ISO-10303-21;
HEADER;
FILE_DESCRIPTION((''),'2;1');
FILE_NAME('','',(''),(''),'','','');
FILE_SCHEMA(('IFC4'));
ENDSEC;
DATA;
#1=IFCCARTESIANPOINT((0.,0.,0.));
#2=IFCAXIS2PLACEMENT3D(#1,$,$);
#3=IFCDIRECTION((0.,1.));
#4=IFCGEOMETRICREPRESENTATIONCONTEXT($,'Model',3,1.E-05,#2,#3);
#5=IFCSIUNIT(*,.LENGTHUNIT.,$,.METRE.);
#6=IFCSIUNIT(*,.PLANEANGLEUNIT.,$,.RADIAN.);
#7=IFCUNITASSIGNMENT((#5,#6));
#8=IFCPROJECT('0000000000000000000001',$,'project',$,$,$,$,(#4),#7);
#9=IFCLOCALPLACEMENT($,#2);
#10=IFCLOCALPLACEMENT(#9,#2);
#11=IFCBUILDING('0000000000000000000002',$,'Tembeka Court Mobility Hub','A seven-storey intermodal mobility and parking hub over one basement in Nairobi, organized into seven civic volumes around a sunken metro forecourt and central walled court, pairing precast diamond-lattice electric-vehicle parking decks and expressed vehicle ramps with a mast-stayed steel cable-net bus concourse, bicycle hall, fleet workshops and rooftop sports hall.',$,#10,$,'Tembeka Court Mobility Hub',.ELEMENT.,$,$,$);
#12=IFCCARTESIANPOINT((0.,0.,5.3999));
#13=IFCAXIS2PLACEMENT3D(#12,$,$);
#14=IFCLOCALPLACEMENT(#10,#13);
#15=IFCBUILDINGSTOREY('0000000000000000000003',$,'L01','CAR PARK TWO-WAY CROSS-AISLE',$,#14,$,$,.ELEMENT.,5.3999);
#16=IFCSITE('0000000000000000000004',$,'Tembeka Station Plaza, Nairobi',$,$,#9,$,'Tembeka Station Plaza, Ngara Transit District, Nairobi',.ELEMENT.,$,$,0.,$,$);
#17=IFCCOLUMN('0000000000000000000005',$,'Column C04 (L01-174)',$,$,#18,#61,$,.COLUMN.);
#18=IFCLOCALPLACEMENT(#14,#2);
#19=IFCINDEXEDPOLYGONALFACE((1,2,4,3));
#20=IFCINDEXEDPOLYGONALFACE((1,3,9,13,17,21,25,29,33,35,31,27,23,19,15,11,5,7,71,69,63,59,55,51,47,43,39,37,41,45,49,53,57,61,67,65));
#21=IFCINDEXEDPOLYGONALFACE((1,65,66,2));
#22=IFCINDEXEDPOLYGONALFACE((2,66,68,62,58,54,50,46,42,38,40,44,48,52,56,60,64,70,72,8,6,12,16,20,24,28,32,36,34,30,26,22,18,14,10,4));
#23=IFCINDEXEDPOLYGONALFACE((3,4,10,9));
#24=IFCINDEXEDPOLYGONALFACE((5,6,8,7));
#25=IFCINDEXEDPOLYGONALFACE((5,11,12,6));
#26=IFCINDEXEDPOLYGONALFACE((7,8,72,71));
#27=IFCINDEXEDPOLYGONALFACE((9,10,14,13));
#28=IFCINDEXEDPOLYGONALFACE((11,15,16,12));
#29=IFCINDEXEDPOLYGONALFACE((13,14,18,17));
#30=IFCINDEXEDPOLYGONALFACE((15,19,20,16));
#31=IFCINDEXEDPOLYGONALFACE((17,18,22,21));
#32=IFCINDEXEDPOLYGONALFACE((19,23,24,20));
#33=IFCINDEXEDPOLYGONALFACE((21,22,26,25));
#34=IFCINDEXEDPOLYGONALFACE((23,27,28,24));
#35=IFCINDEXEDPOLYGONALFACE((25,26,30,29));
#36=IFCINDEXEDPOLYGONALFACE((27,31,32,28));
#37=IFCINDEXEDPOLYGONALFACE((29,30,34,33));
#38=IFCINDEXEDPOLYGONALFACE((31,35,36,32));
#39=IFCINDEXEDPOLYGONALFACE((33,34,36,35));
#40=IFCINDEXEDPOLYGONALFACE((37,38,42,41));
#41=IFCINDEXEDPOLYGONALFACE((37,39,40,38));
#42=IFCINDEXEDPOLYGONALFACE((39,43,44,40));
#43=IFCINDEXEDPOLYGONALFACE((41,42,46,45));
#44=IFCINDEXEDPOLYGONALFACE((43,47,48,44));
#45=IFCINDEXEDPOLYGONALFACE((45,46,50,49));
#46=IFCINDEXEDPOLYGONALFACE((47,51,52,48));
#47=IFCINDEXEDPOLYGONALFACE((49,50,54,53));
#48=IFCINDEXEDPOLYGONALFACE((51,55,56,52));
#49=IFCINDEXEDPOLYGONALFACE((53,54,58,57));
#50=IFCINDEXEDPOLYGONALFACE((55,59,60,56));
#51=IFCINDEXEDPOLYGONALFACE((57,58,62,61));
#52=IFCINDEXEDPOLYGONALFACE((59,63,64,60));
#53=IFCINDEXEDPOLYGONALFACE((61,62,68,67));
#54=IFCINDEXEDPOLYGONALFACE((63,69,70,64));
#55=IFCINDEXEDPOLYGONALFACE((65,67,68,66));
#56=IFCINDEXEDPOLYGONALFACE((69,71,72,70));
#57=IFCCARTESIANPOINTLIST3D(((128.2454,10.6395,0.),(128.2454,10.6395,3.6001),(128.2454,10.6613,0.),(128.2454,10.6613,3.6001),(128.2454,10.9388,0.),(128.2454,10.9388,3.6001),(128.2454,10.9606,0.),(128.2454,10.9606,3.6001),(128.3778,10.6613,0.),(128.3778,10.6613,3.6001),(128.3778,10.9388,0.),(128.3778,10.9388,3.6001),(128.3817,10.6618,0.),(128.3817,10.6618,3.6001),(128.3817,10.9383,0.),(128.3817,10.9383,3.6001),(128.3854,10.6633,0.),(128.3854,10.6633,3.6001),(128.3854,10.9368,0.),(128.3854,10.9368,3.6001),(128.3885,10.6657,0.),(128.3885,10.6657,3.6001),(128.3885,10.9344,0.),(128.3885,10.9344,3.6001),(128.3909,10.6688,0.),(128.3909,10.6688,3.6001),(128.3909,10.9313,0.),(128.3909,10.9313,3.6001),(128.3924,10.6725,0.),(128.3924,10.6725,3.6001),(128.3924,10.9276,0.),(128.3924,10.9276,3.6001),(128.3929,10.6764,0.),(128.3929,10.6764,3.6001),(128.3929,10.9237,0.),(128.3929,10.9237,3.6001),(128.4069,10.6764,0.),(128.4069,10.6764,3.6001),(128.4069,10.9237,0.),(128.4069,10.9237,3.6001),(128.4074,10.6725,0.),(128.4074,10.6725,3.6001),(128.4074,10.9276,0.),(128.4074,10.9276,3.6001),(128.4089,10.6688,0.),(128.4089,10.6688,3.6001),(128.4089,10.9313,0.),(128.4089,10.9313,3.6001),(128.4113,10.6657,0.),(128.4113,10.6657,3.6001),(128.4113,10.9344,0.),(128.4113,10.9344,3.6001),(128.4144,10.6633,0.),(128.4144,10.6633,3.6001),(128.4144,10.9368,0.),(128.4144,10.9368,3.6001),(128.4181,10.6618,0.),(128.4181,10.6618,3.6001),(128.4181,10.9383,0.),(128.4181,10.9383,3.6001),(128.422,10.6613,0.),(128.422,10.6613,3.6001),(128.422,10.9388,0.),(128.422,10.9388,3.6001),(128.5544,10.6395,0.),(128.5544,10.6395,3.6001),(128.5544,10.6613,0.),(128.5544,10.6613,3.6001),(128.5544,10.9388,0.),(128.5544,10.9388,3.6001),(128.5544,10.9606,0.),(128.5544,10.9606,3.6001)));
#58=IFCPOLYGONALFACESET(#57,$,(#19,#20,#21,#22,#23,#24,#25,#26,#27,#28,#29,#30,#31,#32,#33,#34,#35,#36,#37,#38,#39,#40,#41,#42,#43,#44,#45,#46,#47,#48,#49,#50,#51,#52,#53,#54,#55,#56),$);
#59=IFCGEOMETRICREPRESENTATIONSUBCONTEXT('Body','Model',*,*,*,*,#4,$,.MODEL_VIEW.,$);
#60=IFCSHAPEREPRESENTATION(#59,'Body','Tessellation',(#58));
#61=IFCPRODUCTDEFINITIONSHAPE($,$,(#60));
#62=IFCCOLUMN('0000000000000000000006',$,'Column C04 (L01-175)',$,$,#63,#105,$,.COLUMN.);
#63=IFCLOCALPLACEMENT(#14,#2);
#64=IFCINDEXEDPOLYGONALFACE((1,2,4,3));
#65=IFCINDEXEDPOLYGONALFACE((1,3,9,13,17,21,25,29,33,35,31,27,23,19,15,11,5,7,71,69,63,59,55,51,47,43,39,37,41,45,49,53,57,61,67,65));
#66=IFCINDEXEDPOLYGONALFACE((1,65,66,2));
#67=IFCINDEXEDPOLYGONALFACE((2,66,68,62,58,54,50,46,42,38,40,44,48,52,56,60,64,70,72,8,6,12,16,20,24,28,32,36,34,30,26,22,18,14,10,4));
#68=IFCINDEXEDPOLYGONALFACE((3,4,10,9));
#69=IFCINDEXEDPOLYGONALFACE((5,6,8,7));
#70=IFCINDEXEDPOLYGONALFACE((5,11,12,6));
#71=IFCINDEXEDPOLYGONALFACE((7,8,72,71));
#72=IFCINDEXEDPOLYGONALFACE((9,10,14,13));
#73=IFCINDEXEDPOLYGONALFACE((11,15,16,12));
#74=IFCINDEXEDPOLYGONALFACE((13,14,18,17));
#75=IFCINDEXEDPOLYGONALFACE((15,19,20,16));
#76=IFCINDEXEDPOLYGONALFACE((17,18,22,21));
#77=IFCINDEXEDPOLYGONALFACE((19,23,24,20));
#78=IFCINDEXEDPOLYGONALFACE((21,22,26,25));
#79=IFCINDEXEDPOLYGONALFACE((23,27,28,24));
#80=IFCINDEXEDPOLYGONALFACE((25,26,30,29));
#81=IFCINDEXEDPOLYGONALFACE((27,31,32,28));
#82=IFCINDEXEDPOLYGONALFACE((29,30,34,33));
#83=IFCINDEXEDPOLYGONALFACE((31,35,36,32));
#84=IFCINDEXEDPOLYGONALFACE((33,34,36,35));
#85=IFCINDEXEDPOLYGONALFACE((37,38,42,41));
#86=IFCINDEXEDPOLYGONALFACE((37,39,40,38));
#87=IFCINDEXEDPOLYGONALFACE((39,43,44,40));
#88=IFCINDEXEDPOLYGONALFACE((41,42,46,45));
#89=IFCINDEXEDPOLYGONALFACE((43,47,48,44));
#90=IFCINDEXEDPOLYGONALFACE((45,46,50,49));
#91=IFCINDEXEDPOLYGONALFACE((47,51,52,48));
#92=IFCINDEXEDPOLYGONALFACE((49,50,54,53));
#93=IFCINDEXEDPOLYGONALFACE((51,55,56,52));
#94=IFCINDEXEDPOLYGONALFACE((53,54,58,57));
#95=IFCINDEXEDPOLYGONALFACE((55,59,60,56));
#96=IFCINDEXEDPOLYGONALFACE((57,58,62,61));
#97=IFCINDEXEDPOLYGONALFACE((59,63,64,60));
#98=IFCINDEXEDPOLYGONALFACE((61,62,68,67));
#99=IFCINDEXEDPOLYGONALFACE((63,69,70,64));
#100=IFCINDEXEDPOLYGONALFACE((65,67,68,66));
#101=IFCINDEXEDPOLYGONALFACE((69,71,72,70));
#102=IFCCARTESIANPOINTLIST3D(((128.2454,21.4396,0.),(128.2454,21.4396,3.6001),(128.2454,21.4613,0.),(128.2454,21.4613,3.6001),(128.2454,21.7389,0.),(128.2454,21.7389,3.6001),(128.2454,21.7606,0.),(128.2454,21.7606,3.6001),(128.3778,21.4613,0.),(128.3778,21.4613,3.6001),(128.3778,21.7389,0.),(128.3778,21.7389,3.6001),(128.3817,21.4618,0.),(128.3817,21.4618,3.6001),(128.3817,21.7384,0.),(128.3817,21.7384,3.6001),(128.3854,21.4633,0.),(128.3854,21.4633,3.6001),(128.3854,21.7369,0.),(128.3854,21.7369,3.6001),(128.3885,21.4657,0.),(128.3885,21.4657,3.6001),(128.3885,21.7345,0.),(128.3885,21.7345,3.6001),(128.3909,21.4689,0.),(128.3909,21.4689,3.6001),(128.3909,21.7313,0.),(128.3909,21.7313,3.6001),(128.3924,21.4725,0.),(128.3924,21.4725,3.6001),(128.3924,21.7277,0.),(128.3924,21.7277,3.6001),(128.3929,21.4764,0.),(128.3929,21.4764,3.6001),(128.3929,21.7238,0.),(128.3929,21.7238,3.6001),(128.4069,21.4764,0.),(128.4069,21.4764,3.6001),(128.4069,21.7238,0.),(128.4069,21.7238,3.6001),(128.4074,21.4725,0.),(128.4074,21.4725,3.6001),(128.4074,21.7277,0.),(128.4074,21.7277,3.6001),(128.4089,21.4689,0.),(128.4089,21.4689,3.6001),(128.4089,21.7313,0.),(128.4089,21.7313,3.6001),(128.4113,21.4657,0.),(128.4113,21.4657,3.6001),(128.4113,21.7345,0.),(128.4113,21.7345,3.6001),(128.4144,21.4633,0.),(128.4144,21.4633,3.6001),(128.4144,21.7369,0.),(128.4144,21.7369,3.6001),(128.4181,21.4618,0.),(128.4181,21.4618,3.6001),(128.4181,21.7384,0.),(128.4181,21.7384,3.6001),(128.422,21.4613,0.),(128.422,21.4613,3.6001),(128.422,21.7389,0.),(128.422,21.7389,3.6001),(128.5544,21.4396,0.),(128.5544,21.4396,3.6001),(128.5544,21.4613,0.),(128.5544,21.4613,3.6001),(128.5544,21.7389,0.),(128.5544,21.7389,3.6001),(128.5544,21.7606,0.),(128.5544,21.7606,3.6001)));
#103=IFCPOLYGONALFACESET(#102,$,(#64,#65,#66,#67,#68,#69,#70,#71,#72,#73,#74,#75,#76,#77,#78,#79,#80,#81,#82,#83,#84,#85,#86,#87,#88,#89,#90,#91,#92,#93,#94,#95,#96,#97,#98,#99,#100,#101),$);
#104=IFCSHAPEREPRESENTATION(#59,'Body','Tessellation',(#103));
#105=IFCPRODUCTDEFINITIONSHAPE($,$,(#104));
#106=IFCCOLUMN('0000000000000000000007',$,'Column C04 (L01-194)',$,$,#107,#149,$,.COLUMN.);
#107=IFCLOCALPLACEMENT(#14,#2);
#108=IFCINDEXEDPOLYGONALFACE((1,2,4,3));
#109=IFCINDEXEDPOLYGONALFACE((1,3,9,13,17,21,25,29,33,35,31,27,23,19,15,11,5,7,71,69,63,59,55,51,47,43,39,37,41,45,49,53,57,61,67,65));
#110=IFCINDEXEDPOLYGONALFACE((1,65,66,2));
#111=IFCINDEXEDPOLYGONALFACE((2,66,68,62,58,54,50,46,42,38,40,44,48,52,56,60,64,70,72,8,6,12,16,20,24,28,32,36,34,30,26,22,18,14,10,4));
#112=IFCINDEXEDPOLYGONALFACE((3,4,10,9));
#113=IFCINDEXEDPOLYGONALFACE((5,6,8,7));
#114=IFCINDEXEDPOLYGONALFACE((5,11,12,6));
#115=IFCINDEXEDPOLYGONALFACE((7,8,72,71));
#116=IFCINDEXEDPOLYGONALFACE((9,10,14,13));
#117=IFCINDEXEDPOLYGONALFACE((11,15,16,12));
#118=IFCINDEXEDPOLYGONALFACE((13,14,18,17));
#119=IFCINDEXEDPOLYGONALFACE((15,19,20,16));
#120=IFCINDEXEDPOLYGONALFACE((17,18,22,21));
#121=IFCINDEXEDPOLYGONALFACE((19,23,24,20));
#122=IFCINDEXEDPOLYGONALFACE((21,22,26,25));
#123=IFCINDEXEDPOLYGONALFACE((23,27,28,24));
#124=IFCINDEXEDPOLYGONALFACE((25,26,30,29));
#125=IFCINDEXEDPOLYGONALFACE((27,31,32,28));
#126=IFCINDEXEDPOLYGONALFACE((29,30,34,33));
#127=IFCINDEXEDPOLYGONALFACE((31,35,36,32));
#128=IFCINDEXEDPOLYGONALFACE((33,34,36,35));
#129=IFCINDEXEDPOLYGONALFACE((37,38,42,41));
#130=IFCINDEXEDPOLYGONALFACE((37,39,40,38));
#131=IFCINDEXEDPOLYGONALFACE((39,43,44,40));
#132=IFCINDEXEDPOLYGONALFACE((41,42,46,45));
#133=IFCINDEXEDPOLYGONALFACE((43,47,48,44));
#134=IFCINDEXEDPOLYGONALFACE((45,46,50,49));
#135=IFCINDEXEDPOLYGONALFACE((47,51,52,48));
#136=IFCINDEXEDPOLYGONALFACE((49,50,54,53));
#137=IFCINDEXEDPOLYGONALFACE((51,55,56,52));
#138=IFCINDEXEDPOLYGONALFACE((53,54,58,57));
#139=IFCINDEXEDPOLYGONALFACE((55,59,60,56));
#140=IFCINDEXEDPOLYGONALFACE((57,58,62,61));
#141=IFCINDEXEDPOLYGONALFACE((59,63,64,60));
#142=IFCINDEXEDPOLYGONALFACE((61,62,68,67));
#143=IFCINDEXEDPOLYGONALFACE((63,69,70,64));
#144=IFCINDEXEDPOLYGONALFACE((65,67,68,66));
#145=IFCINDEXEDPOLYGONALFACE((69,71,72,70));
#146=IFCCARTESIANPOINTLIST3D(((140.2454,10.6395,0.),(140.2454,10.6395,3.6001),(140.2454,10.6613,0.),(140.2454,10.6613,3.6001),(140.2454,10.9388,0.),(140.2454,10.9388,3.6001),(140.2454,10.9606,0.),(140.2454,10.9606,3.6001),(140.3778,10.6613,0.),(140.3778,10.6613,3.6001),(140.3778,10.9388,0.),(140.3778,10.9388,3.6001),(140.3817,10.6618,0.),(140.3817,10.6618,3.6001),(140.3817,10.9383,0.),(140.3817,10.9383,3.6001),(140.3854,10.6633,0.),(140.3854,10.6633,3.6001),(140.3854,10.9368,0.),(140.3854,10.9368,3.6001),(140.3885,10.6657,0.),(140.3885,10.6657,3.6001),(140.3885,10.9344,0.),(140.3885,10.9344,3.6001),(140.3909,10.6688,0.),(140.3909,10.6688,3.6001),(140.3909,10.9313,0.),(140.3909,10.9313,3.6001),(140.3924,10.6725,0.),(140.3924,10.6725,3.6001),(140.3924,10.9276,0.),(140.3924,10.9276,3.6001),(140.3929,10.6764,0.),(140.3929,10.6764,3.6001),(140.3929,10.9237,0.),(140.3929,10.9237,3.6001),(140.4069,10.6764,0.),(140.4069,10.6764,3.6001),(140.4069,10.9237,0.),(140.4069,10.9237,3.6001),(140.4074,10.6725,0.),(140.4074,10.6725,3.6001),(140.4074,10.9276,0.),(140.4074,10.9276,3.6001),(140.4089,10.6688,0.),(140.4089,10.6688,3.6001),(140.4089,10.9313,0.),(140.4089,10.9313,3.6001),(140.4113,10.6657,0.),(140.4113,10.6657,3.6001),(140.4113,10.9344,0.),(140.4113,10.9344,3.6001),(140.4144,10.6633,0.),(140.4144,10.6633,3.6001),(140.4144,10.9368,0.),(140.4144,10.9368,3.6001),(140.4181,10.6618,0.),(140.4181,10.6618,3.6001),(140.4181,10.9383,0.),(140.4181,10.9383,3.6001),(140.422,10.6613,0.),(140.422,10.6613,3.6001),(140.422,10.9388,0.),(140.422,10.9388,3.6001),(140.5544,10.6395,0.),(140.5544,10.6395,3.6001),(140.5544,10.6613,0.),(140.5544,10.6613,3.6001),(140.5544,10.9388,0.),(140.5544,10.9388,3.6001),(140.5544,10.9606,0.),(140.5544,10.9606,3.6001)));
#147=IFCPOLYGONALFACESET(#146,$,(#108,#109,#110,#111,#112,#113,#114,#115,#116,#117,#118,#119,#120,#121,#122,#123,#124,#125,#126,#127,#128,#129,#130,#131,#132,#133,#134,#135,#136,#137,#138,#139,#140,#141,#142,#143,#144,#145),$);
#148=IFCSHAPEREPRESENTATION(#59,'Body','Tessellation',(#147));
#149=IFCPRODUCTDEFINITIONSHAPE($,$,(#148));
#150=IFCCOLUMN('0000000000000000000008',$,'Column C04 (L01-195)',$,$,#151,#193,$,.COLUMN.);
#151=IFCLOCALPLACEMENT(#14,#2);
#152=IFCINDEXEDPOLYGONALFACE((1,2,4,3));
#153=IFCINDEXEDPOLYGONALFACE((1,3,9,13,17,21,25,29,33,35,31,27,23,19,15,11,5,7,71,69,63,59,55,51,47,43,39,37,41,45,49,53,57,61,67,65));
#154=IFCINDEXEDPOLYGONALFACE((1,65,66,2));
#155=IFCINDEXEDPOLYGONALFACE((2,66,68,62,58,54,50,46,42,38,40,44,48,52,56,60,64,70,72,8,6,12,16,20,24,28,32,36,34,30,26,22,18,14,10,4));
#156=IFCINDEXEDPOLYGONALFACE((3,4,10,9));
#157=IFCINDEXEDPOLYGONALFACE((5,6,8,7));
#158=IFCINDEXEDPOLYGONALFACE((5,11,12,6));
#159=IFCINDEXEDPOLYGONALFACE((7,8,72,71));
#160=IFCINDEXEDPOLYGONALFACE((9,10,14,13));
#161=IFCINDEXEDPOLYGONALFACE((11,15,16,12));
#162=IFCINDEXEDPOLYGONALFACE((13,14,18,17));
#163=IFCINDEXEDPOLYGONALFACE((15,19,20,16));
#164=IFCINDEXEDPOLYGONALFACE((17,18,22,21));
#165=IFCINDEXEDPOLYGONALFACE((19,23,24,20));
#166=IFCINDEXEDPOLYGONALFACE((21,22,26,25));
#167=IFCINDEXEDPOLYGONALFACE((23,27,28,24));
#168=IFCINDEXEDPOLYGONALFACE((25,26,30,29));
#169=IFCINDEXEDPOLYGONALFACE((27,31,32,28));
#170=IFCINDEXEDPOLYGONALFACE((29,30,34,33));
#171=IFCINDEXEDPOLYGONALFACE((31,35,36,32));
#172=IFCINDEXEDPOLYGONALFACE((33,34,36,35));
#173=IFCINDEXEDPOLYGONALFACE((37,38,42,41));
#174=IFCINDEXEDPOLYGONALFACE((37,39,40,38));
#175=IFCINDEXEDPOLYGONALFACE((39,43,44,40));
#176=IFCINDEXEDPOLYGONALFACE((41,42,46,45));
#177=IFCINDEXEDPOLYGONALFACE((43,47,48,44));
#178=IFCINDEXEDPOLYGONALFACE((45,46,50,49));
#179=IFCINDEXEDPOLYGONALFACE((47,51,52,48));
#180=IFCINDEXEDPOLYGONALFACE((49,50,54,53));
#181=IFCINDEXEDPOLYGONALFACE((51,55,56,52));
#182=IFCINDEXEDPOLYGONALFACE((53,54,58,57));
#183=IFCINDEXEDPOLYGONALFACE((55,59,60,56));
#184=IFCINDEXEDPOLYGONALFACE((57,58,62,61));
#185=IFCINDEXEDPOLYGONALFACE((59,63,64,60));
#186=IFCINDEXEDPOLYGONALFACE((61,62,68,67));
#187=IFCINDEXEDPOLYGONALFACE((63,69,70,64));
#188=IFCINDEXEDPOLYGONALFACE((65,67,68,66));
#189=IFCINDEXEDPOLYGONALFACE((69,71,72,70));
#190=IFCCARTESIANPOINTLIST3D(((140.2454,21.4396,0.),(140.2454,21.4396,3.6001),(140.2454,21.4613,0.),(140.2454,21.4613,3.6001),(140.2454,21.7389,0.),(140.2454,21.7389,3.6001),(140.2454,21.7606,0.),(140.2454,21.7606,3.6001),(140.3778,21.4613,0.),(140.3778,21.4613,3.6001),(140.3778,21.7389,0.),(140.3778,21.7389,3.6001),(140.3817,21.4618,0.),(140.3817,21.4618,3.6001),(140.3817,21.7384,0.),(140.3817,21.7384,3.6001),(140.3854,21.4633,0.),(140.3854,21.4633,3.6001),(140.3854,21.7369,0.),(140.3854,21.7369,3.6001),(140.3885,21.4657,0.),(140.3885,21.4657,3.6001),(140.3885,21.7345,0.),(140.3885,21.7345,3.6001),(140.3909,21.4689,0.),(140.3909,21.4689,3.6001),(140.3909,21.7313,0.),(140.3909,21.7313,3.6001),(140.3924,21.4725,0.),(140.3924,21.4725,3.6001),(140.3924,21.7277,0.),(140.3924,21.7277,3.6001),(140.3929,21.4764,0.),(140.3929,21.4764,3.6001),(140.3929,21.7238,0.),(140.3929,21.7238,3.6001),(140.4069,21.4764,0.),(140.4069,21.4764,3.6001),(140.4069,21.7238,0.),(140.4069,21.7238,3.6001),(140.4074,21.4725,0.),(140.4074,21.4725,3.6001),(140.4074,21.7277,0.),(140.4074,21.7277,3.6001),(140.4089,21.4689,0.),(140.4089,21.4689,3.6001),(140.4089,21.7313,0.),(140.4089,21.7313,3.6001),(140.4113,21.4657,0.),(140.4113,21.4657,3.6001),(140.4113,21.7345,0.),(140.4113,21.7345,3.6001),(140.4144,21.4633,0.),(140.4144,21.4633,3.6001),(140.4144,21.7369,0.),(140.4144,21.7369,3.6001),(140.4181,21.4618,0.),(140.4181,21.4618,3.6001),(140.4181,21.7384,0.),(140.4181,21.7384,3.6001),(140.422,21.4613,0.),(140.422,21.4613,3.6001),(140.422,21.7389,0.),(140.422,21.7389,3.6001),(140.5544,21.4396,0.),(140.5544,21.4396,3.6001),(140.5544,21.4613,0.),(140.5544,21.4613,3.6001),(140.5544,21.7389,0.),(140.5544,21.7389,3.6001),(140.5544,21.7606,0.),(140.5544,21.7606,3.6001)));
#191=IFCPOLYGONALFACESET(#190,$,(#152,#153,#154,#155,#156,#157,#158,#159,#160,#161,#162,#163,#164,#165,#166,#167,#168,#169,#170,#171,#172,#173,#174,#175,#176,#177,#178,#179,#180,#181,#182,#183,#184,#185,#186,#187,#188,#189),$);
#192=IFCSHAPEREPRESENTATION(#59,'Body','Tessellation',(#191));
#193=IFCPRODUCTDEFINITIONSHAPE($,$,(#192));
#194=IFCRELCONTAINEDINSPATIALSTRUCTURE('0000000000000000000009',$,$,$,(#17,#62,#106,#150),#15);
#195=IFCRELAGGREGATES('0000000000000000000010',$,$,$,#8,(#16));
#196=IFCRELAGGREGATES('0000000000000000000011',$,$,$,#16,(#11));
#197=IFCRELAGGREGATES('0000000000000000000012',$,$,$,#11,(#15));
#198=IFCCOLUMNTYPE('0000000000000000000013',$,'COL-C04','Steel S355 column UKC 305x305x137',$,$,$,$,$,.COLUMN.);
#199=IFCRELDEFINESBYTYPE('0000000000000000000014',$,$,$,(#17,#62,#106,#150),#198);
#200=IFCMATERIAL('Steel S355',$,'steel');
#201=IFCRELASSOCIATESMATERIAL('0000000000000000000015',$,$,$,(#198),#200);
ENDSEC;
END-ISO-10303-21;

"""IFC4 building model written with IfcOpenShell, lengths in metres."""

from ifc_helpers import new_model, si_unit, direction, frame, origin, origin_2d, place, context, subcontext, project, spatial, i_section, extrude, material, material_profile, profile_set, type_object, element, save


model = new_model("IFC4")

# Units and contexts
model_context = context("Model", 3, precision=1e-05, world=origin(), true_north=direction((0.0, 1.0)))
body_context = subcontext(model_context, "Body", "Model", "MODEL_VIEW")
ifc_project = project(units=[si_unit("LENGTHUNIT", "METRE"), si_unit("PLANEANGLEUNIT", "RADIAN")], contexts=[model_context])

# Site, building, storey
site_placement = place(None, origin())
site = spatial("IfcSite", under=ifc_project, at=site_placement, Name="Tembeka Station Plaza, Nairobi", LongName="Tembeka Station Plaza, Ngara Transit District, Nairobi", CompositionType="ELEMENT", RefElevation=0.0)
building_placement = place(site_placement, origin())
building = spatial("IfcBuilding", under=site, at=building_placement, Name="Tembeka Court Mobility Hub", Description="A seven-storey intermodal mobility and parking hub over one basement in Nairobi, organized into seven civic volumes around a sunken metro forecourt and central walled court, pairing precast diamond-lattice electric-vehicle parking decks and expressed vehicle ramps with a mast-stayed steel cable-net bus concourse, bicycle hall, fleet workshops and rooftop sports hall.", LongName="Tembeka Court Mobility Hub", CompositionType="ELEMENT")
storey_placement = place(building_placement, frame((0.0, 0.0, 5.3999)))
storey = spatial("IfcBuildingStorey", under=building, at=storey_placement, Name="L01", Description="CAR PARK TWO-WAY CROSS-AISLE", CompositionType="ELEMENT", Elevation=5.3999)

# Columns
ifc_material_1 = material(Name="Steel S355", Category="steel")
ifc_material_profile_1 = material_profile(ifc_material_1, i_section(OverallWidth=0.3091, OverallDepth=0.321, WebThickness=0.0139, FlangeThickness=0.0217, FilletRadius=0.0151, at=origin_2d()), Name="UKC 305x305x137")
ifc_profile_set_1 = profile_set([ifc_material_profile_1], Name="Steel S355")
column_type = type_object("IfcColumnType", Name="COL-C04", Description="Steel S355 column UKC 305x305x137", PredefinedType="COLUMN", material=ifc_profile_set_1)
for number, where, z_axis, x_axis, name in (
    (1, (128.3999, 10.8, 0.0), (0.0, 0.0, 1.0), (1.0, 0.0, 0.0), "Column C04 (L01-174)"),
    (2, (128.3999, 21.6001, 0.0), (0.0, 0.0, 1.0), (1.0, 0.0, 0.0), "Column C04 (L01-175)"),
    (3, (140.3999, 10.8, 0.0), (0.0, 0.0, 1.0), (1.0, 0.0, 0.0), "Column C04 (L01-194)"),
    (4, (140.3999, 21.6001, 0.0), (0.0, 0.0, 1.0), (1.0, 0.0, 0.0), "Column C04 (L01-195)"),
):
    element("IfcColumn", number, at=place(storey_placement, frame(where, z_axis=z_axis, x_axis=x_axis)), inside=storey, type_object=column_type, Name=name, PredefinedType="COLUMN", context=body_context, shape_type="SweptSolid", body=[
        extrude(i_section(OverallWidth=0.3091, OverallDepth=0.321, WebThickness=0.0139, FlangeThickness=0.0217, FilletRadius=0.0151, at=origin_2d()), origin(), (0.0, 0.0, 1.0), 3.6001),
    ])

save(model, "model.ifc")
